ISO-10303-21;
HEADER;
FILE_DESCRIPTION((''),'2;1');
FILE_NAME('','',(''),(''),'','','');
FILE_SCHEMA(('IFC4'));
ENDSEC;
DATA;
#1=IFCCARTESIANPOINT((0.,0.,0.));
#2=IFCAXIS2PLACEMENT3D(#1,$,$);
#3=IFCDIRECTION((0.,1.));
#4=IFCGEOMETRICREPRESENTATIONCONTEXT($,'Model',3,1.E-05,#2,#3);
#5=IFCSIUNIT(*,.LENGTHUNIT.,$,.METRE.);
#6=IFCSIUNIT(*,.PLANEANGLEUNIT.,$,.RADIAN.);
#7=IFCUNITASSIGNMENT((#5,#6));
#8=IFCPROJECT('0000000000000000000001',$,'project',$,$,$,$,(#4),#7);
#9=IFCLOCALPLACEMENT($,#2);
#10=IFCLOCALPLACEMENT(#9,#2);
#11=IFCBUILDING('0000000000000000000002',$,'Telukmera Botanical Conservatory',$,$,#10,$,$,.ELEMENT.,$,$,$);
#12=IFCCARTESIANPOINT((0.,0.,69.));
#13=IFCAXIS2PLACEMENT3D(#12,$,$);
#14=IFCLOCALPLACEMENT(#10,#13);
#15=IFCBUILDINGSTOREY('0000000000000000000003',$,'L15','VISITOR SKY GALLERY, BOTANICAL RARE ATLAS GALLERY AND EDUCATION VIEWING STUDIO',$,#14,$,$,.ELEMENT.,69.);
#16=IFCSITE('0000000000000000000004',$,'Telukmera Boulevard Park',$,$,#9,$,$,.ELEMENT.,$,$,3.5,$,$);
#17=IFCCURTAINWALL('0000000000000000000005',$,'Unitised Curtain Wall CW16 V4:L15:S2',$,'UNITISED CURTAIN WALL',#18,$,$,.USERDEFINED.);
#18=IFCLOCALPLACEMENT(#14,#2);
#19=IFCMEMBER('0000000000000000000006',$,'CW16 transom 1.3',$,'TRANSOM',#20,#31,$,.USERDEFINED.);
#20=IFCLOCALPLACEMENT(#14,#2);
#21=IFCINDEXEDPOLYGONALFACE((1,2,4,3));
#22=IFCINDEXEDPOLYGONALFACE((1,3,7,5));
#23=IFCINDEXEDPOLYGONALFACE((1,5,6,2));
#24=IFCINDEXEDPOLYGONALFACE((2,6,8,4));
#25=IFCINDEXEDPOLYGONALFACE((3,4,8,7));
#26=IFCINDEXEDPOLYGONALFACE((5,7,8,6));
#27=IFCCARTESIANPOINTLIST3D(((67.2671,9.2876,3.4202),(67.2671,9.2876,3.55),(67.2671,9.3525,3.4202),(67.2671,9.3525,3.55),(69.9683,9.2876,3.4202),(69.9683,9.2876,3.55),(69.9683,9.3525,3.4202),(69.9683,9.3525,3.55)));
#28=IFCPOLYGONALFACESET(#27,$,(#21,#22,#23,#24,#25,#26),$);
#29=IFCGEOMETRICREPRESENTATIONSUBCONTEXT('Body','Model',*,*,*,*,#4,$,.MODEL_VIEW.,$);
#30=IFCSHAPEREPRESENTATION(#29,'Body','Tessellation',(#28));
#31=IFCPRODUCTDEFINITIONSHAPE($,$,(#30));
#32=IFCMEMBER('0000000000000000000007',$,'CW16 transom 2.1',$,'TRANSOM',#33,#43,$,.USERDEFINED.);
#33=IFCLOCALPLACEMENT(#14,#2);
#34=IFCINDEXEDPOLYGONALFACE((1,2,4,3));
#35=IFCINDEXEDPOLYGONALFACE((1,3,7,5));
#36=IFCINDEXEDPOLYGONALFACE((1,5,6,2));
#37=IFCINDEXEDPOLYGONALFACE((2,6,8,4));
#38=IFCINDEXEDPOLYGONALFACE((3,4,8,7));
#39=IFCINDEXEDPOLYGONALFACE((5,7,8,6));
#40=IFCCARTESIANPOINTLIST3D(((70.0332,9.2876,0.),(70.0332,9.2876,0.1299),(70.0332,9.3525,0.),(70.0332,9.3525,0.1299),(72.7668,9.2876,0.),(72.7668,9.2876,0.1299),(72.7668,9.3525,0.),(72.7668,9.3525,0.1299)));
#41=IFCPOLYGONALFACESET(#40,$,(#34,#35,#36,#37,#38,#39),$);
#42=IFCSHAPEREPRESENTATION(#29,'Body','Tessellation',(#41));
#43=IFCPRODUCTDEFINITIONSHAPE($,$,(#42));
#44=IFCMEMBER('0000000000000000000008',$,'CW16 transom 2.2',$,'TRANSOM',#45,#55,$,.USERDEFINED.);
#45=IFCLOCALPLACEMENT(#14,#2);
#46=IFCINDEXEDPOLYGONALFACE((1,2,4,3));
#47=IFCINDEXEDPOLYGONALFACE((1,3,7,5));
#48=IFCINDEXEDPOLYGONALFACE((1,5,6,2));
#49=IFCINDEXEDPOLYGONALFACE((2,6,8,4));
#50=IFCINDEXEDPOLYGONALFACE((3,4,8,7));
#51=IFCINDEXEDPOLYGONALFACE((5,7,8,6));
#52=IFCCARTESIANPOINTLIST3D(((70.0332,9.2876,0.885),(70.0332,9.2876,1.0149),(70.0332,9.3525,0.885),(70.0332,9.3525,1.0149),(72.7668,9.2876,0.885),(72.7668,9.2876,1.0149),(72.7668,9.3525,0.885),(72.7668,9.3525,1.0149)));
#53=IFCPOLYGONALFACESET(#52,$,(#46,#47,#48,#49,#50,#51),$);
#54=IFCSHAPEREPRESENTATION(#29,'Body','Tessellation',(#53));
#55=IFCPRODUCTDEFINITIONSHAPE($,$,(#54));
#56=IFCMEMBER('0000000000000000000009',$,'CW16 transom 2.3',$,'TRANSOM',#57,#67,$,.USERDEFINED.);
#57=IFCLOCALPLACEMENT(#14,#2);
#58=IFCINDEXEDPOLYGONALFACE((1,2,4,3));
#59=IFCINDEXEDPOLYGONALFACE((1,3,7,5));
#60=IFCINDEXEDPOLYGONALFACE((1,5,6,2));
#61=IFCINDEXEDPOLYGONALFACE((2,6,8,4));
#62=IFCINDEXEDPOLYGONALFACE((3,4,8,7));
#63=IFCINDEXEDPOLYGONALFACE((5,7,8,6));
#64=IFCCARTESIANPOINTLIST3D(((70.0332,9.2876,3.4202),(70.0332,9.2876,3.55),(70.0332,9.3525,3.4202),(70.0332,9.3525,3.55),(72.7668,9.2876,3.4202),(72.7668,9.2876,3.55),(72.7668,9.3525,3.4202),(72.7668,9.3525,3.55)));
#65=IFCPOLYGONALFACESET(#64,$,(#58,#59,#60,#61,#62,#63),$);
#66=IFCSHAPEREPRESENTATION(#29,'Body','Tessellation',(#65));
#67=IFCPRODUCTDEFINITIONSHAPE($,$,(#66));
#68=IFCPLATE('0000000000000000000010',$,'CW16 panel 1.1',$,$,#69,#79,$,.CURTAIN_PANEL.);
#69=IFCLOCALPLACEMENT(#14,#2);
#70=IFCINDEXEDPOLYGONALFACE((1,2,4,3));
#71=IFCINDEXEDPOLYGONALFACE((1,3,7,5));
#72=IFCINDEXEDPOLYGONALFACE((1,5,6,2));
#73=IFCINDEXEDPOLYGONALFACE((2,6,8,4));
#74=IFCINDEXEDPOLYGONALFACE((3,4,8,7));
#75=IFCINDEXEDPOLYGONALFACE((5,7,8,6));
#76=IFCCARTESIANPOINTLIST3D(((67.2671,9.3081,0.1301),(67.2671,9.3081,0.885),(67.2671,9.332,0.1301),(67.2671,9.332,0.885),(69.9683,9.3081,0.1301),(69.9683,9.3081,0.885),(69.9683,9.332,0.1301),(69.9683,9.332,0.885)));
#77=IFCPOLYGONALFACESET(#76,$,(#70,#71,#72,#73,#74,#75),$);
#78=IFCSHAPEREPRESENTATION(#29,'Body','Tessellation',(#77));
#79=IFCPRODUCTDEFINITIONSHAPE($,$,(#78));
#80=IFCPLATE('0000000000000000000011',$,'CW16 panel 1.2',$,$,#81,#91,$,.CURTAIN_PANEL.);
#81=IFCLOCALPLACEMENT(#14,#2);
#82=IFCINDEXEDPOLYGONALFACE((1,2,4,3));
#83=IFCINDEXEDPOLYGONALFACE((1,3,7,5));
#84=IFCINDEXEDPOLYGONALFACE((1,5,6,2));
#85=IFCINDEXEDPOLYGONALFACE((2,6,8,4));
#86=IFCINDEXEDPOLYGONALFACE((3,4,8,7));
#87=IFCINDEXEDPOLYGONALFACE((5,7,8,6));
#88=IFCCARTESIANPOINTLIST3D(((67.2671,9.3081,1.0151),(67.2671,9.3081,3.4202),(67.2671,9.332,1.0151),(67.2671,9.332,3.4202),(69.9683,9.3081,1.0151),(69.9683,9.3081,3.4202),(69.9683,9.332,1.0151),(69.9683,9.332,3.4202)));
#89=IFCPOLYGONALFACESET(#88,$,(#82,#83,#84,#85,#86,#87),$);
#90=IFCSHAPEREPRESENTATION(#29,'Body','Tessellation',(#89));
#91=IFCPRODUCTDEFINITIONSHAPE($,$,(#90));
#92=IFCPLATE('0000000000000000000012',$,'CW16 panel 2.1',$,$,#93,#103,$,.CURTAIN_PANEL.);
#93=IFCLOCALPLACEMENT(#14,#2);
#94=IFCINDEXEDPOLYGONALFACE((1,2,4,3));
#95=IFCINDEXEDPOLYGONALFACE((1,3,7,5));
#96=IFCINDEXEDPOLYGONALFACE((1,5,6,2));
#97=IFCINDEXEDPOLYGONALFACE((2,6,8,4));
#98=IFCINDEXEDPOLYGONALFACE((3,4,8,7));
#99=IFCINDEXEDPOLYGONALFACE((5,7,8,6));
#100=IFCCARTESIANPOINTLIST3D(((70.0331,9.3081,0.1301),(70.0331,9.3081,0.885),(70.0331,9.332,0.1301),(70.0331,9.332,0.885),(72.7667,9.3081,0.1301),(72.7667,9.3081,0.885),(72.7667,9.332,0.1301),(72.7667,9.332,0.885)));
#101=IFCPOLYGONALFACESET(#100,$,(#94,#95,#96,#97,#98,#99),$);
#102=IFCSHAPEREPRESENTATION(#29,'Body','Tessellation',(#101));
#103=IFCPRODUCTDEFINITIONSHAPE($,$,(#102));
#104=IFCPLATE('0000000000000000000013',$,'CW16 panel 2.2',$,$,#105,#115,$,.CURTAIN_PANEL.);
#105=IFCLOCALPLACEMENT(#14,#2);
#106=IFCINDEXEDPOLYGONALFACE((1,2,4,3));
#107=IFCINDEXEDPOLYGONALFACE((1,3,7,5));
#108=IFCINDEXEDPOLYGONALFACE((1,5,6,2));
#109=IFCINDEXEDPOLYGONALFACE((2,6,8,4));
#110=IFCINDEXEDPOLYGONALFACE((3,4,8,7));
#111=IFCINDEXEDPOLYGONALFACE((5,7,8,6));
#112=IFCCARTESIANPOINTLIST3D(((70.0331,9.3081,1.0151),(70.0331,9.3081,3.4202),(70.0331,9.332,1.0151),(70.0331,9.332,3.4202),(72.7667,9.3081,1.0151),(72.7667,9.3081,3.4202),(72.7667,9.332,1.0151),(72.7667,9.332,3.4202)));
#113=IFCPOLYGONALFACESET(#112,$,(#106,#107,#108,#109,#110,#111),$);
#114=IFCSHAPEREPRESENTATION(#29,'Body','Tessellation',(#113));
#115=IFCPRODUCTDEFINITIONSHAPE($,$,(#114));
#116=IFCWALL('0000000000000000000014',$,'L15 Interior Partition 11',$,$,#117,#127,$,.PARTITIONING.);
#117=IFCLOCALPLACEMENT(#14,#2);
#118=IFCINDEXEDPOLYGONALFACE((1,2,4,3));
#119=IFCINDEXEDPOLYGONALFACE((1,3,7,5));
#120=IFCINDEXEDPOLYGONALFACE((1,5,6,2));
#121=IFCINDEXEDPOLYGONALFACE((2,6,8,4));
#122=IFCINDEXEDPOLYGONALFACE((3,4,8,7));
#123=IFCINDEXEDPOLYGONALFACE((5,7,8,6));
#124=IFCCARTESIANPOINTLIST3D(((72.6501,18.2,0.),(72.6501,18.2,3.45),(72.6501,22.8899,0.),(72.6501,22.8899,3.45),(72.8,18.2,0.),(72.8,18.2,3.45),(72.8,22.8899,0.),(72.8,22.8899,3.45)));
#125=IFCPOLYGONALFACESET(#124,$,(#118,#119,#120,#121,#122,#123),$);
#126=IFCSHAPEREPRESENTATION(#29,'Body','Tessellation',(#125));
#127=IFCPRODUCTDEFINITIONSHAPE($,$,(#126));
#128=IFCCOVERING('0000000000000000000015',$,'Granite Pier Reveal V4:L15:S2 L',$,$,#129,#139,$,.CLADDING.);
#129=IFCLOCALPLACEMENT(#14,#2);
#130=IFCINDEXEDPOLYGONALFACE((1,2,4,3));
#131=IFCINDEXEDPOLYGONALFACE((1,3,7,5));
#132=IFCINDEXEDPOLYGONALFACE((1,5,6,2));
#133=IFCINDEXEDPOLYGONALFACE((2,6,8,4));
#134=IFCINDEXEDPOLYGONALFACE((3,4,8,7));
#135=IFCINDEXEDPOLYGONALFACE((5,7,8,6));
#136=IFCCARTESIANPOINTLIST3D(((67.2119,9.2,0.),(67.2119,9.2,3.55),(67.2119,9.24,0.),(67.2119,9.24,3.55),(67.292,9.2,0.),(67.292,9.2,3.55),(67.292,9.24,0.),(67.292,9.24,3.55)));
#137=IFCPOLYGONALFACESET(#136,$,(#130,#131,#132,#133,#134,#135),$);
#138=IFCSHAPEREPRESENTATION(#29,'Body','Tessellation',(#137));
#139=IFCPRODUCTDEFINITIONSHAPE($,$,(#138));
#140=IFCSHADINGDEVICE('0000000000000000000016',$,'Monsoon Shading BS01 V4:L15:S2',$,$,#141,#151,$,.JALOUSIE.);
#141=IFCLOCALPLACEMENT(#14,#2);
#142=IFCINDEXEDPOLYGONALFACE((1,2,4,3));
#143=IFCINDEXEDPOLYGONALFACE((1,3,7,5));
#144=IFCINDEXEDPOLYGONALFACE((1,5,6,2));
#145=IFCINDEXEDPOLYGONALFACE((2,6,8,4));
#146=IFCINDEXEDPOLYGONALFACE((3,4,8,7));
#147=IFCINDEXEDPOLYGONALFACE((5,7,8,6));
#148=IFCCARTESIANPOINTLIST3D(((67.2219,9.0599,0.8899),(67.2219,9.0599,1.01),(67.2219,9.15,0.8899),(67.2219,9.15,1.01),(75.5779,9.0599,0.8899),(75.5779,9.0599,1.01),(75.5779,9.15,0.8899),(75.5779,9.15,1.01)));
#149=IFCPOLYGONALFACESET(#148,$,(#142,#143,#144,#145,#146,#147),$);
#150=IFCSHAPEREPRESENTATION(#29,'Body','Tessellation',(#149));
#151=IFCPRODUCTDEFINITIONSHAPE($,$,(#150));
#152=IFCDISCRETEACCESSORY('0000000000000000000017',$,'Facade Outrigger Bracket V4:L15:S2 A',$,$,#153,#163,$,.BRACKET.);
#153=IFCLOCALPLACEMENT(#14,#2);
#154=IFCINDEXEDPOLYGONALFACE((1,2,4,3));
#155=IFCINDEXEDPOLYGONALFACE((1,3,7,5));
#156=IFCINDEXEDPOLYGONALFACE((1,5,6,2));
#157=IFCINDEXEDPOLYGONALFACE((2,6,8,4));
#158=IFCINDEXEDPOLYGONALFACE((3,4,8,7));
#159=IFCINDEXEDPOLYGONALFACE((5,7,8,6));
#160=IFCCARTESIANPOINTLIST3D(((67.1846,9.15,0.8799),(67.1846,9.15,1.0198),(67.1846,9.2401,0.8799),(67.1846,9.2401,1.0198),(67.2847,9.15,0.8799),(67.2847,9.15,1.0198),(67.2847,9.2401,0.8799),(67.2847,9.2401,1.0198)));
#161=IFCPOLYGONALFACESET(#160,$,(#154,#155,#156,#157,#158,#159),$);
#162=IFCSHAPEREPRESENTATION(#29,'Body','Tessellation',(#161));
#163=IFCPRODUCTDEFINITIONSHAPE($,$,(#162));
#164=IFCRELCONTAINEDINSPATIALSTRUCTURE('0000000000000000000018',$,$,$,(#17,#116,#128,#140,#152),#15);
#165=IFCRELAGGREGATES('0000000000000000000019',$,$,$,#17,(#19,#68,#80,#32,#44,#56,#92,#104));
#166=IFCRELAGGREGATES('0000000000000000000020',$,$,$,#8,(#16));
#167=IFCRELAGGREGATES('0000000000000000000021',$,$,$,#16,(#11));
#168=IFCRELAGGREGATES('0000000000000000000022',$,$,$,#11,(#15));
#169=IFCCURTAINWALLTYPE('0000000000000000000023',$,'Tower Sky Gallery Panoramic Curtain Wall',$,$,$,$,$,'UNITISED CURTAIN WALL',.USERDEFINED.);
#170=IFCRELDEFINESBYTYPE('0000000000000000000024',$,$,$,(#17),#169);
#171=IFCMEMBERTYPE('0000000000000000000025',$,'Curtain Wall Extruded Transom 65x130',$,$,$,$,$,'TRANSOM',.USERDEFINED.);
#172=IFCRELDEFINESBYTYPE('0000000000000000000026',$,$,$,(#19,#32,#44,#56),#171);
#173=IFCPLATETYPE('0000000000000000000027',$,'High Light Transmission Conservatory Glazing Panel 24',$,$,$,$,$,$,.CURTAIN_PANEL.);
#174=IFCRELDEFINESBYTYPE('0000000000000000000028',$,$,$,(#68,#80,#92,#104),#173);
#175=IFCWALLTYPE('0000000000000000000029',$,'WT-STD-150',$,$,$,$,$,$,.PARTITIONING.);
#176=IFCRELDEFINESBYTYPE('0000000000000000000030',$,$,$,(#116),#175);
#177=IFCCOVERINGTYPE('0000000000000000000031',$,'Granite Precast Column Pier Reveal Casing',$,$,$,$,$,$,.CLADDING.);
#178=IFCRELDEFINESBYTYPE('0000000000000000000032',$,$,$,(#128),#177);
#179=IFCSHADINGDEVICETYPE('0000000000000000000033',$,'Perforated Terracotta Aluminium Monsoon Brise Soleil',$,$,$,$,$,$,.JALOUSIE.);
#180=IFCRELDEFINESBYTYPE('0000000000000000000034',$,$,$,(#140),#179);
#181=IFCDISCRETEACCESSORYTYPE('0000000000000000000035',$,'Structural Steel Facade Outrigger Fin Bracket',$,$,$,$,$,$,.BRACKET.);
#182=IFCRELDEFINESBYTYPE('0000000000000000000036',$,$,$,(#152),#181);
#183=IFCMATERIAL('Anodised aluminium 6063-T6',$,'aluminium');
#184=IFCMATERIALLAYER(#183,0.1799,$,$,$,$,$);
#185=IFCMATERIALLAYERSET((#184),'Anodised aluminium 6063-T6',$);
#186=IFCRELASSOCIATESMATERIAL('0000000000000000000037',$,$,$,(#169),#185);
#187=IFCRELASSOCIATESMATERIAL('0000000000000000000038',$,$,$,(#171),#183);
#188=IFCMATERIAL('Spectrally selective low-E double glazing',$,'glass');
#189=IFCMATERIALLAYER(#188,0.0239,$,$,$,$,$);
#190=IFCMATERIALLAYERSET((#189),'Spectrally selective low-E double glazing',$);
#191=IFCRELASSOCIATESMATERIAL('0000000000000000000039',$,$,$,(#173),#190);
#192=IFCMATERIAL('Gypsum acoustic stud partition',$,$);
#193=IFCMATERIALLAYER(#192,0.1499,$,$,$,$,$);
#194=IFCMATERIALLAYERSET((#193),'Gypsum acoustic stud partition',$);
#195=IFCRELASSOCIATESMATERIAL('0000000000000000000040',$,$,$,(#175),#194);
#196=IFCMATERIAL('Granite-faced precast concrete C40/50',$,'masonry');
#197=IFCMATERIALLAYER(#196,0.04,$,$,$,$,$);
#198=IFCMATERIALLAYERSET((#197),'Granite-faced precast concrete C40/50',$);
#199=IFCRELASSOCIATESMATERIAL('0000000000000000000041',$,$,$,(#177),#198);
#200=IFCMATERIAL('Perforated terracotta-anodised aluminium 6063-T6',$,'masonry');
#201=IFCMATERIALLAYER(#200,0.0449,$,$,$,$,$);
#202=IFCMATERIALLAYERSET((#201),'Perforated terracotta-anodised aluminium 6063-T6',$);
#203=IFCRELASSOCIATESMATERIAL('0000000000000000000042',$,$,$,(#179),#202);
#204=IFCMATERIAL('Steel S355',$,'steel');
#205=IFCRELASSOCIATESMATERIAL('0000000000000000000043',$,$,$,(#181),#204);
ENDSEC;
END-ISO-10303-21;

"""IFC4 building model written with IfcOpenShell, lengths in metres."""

from ifc_helpers import new_model, si_unit, direction, frame, frame_2d, origin, origin_2d, place, context, subcontext, project, spatial, rectangle, extrude, material, layer, layer_set, material_profile, profile_set, type_object, element, aggregate, save


model = new_model("IFC4")

# Units and contexts
model_context = context("Model", 3, precision=1e-05, world=origin(), true_north=direction((0.0, 1.0)))
body_context = subcontext(model_context, "Body", "Model", "MODEL_VIEW")
ifc_project = project(units=[si_unit("LENGTHUNIT", "METRE"), si_unit("PLANEANGLEUNIT", "RADIAN")], contexts=[model_context])

# Site, building, storey
site_placement = place(None, origin())
site = spatial("IfcSite", under=ifc_project, at=site_placement, Name="Telukmera Boulevard Park", CompositionType="ELEMENT", RefElevation=3.5)
building_placement = place(site_placement, origin())
building = spatial("IfcBuilding", under=site, at=building_placement, Name="Telukmera Botanical Conservatory", CompositionType="ELEMENT")
storey_placement = place(building_placement, frame((0.0, 0.0, 69.0)))
storey = spatial("IfcBuildingStorey", under=building, at=storey_placement, Name="L15", Description="VISITOR SKY GALLERY, BOTANICAL RARE ATLAS GALLERY AND EDUCATION VIEWING STUDIO", CompositionType="ELEMENT", Elevation=69.0)

# Curtain wall, members, plates
ifc_material_1 = material(Name="Anodised aluminium 6063-T6", Category="aluminium")
ifc_layer_1 = layer(ifc_material_1, 0.1799)
ifc_layer_set_1 = layer_set([ifc_layer_1], Name="Anodised aluminium 6063-T6")
curtain_wall_type = type_object("IfcCurtainWallType", Name="Tower Sky Gallery Panoramic Curtain Wall", ElementType="UNITISED CURTAIN WALL", PredefinedType="USERDEFINED", material=ifc_layer_set_1)
curtain_wall_placement = place(storey_placement, origin())
curtain_wall = element("IfcCurtainWall", 1, at=curtain_wall_placement, inside=storey, type_object=curtain_wall_type, Name="Unitised Curtain Wall CW16 V4:L15:S2", ObjectType="UNITISED CURTAIN WALL", PredefinedType="USERDEFINED")
ifc_material_profile_1 = material_profile(ifc_material_1, rectangle(XDim=0.0649, YDim=0.1299, at=origin_2d()), Name="ALU TRAN 65x130")
ifc_profile_set_1 = profile_set([ifc_material_profile_1], Name="Anodised aluminium 6063-T6")
member_type_1 = type_object("IfcMemberType", Name="Curtain Wall Extruded Transom 65x130", ElementType="TRANSOM", PredefinedType="USERDEFINED", material=ifc_profile_set_1)
member_1_placement = place(storey_placement, frame((67.2671, 9.3201, 3.4851), z_axis=(1.0, 0.0, 0.0), x_axis=(0.0, 1.0, 0.0)))
member_1 = element("IfcMember", 2, at=member_1_placement, type_object=member_type_1, Name="CW16 transom 1.3", ObjectType="TRANSOM", PredefinedType="USERDEFINED", context=body_context, shape_type="SweptSolid", body=[
    extrude(rectangle(XDim=0.0649, YDim=0.1299, at=origin_2d()), origin(), (0.0, 0.0, 1.0), 2.7012),
])
member_2_placement = place(storey_placement, frame((70.0332, 9.3201, 0.0649), z_axis=(1.0, 0.0, 0.0), x_axis=(0.0, 1.0, 0.0)))
member_2 = element("IfcMember", 3, at=member_2_placement, type_object=member_type_1, Name="CW16 transom 2.1", ObjectType="TRANSOM", PredefinedType="USERDEFINED", context=body_context, shape_type="SweptSolid", body=[
    extrude(rectangle(XDim=0.0649, YDim=0.1299, at=origin_2d()), origin(), (0.0, 0.0, 1.0), 2.7336),
])
member_3_placement = place(storey_placement, frame((70.0332, 9.3201, 0.95), z_axis=(1.0, 0.0, 0.0), x_axis=(0.0, 1.0, 0.0)))
member_3 = element("IfcMember", 4, at=member_3_placement, type_object=member_type_1, Name="CW16 transom 2.2", ObjectType="TRANSOM", PredefinedType="USERDEFINED", context=body_context, shape_type="SweptSolid", body=[
    extrude(rectangle(XDim=0.0649, YDim=0.1299, at=origin_2d()), origin(), (0.0, 0.0, 1.0), 2.7336),
])
member_4_placement = place(storey_placement, frame((70.0332, 9.3201, 3.4851), z_axis=(1.0, 0.0, 0.0), x_axis=(0.0, 1.0, 0.0)))
member_4 = element("IfcMember", 5, at=member_4_placement, type_object=member_type_1, Name="CW16 transom 2.3", ObjectType="TRANSOM", PredefinedType="USERDEFINED", context=body_context, shape_type="SweptSolid", body=[
    extrude(rectangle(XDim=0.0649, YDim=0.1299, at=origin_2d()), origin(), (0.0, 0.0, 1.0), 2.7336),
])
ifc_material_2 = material(Name="Spectrally selective low-E double glazing", Category="glass")
ifc_layer_2 = layer(ifc_material_2, 0.0239)
ifc_layer_set_2 = layer_set([ifc_layer_2], Name="Spectrally selective low-E double glazing")
plate_type = type_object("IfcPlateType", Name="High Light Transmission Conservatory Glazing Panel 24", PredefinedType="CURTAIN_PANEL", material=ifc_layer_set_2)
plate_1_placement = place(storey_placement, frame((68.6177, 9.3201, 0.1301), z_axis=(0.0, 0.0, 1.0), x_axis=(1.0, 0.0, 0.0)))
plate_1 = element("IfcPlate", 6, at=plate_1_placement, type_object=plate_type, Name="CW16 panel 1.1", PredefinedType="CURTAIN_PANEL", context=body_context, shape_type="SweptSolid", body=[
    extrude(rectangle(XDim=2.7012, YDim=0.0239, at=origin_2d()), origin(), (0.0, 0.0, 1.0), 0.7549),
])
plate_2_placement = place(storey_placement, frame((68.6177, 9.3201, 1.0151), z_axis=(0.0, 0.0, 1.0), x_axis=(1.0, 0.0, 0.0)))
plate_2 = element("IfcPlate", 7, at=plate_2_placement, type_object=plate_type, Name="CW16 panel 1.2", PredefinedType="CURTAIN_PANEL", context=body_context, shape_type="SweptSolid", body=[
    extrude(rectangle(XDim=2.7012, YDim=0.0239, at=origin_2d()), origin(), (0.0, 0.0, 1.0), 2.405),
])
plate_3_placement = place(storey_placement, frame((71.3999, 9.3201, 0.1301), z_axis=(0.0, 0.0, 1.0), x_axis=(1.0, 0.0, 0.0)))
plate_3 = element("IfcPlate", 8, at=plate_3_placement, type_object=plate_type, Name="CW16 panel 2.1", PredefinedType="CURTAIN_PANEL", context=body_context, shape_type="SweptSolid", body=[
    extrude(rectangle(XDim=2.7336, YDim=0.0239, at=origin_2d()), origin(), (0.0, 0.0, 1.0), 0.7549),
])
plate_4_placement = place(storey_placement, frame((71.3999, 9.3201, 1.0151), z_axis=(0.0, 0.0, 1.0), x_axis=(1.0, 0.0, 0.0)))
plate_4 = element("IfcPlate", 9, at=plate_4_placement, type_object=plate_type, Name="CW16 panel 2.2", PredefinedType="CURTAIN_PANEL", context=body_context, shape_type="SweptSolid", body=[
    extrude(rectangle(XDim=2.7336, YDim=0.0239, at=origin_2d()), origin(), (0.0, 0.0, 1.0), 2.405),
])
aggregate(curtain_wall, [member_1, plate_1, plate_2, member_2, member_3, member_4, plate_3, plate_4])

# Wall
ifc_material_3 = material(Name="Gypsum acoustic stud partition")
ifc_layer_3 = layer(ifc_material_3, 0.1499)
ifc_layer_set_3 = layer_set([ifc_layer_3], Name="Gypsum acoustic stud partition")
wall_type = type_object("IfcWallType", Name="WT-STD-150", PredefinedType="PARTITIONING", material=ifc_layer_set_3)
wall_placement = place(storey_placement, frame((72.7251, 18.2, 0.0), z_axis=(0.0, 0.0, 1.0), x_axis=(0.0, 1.0, 0.0)))
element("IfcWall", 10, at=wall_placement, inside=storey, type_object=wall_type, Name="L15 Interior Partition 11", PredefinedType="PARTITIONING", context=body_context, shape_type="SweptSolid", body=[
    extrude(rectangle(XDim=4.6899, YDim=0.1499, at=frame_2d((2.345, 0.0))), origin(), (0.0, 0.0, 1.0), 3.45),
])

# Covering
ifc_material_4 = material(Name="Granite-faced precast concrete C40/50", Category="masonry")
ifc_layer_4 = layer(ifc_material_4, 0.04)
ifc_layer_set_4 = layer_set([ifc_layer_4], Name="Granite-faced precast concrete C40/50")
covering_type = type_object("IfcCoveringType", Name="Granite Precast Column Pier Reveal Casing", PredefinedType="CLADDING", material=ifc_layer_set_4)
covering_placement = place(storey_placement, frame((67.252, 9.22, 0.0), z_axis=(0.0, 0.0, 1.0), x_axis=(1.0, 0.0, 0.0)))
element("IfcCovering", 11, at=covering_placement, inside=storey, type_object=covering_type, Name="Granite Pier Reveal V4:L15:S2 L", PredefinedType="CLADDING", context=body_context, shape_type="SweptSolid", body=[
    extrude(rectangle(XDim=0.0801, YDim=0.04, at=origin_2d()), origin(), (0.0, 0.0, 1.0), 3.55),
])

# Shading device
ifc_material_5 = material(Name="Perforated terracotta-anodised aluminium 6063-T6", Category="masonry")
ifc_layer_5 = layer(ifc_material_5, 0.0449)
ifc_layer_set_5 = layer_set([ifc_layer_5], Name="Perforated terracotta-anodised aluminium 6063-T6")
shading_device_type = type_object("IfcShadingDeviceType", Name="Perforated Terracotta Aluminium Monsoon Brise Soleil", PredefinedType="JALOUSIE", material=ifc_layer_set_5)
shading_device_placement = place(storey_placement, frame((71.3999, 9.105, 0.8899), z_axis=(0.0, 0.0, 1.0), x_axis=(1.0, 0.0, 0.0)))
element("IfcShadingDevice", 12, at=shading_device_placement, inside=storey, type_object=shading_device_type, Name="Monsoon Shading BS01 V4:L15:S2", PredefinedType="JALOUSIE", context=body_context, shape_type="SweptSolid", body=[
    extrude(rectangle(XDim=8.356, YDim=0.0901, at=origin_2d()), origin(), (0.0, 0.0, 1.0), 0.1201),
])

# Discrete accessory
ifc_material_6 = material(Name="Steel S355", Category="steel")
discrete_accessory_type = type_object("IfcDiscreteAccessoryType", Name="Structural Steel Facade Outrigger Fin Bracket", PredefinedType="BRACKET", material=ifc_material_6)
discrete_accessory_placement = place(storey_placement, frame((67.2346, 9.1951, 0.8799), z_axis=(0.0, 0.0, 1.0), x_axis=(1.0, 0.0, 0.0)))
element("IfcDiscreteAccessory", 13, at=discrete_accessory_placement, inside=storey, type_object=discrete_accessory_type, Name="Facade Outrigger Bracket V4:L15:S2 A", PredefinedType="BRACKET", context=body_context, shape_type="SweptSolid", body=[
    extrude(rectangle(XDim=0.1001, YDim=0.0901, at=origin_2d()), origin(), (0.0, 0.0, 1.0), 0.1399),
])

save(model, "model.ifc")
